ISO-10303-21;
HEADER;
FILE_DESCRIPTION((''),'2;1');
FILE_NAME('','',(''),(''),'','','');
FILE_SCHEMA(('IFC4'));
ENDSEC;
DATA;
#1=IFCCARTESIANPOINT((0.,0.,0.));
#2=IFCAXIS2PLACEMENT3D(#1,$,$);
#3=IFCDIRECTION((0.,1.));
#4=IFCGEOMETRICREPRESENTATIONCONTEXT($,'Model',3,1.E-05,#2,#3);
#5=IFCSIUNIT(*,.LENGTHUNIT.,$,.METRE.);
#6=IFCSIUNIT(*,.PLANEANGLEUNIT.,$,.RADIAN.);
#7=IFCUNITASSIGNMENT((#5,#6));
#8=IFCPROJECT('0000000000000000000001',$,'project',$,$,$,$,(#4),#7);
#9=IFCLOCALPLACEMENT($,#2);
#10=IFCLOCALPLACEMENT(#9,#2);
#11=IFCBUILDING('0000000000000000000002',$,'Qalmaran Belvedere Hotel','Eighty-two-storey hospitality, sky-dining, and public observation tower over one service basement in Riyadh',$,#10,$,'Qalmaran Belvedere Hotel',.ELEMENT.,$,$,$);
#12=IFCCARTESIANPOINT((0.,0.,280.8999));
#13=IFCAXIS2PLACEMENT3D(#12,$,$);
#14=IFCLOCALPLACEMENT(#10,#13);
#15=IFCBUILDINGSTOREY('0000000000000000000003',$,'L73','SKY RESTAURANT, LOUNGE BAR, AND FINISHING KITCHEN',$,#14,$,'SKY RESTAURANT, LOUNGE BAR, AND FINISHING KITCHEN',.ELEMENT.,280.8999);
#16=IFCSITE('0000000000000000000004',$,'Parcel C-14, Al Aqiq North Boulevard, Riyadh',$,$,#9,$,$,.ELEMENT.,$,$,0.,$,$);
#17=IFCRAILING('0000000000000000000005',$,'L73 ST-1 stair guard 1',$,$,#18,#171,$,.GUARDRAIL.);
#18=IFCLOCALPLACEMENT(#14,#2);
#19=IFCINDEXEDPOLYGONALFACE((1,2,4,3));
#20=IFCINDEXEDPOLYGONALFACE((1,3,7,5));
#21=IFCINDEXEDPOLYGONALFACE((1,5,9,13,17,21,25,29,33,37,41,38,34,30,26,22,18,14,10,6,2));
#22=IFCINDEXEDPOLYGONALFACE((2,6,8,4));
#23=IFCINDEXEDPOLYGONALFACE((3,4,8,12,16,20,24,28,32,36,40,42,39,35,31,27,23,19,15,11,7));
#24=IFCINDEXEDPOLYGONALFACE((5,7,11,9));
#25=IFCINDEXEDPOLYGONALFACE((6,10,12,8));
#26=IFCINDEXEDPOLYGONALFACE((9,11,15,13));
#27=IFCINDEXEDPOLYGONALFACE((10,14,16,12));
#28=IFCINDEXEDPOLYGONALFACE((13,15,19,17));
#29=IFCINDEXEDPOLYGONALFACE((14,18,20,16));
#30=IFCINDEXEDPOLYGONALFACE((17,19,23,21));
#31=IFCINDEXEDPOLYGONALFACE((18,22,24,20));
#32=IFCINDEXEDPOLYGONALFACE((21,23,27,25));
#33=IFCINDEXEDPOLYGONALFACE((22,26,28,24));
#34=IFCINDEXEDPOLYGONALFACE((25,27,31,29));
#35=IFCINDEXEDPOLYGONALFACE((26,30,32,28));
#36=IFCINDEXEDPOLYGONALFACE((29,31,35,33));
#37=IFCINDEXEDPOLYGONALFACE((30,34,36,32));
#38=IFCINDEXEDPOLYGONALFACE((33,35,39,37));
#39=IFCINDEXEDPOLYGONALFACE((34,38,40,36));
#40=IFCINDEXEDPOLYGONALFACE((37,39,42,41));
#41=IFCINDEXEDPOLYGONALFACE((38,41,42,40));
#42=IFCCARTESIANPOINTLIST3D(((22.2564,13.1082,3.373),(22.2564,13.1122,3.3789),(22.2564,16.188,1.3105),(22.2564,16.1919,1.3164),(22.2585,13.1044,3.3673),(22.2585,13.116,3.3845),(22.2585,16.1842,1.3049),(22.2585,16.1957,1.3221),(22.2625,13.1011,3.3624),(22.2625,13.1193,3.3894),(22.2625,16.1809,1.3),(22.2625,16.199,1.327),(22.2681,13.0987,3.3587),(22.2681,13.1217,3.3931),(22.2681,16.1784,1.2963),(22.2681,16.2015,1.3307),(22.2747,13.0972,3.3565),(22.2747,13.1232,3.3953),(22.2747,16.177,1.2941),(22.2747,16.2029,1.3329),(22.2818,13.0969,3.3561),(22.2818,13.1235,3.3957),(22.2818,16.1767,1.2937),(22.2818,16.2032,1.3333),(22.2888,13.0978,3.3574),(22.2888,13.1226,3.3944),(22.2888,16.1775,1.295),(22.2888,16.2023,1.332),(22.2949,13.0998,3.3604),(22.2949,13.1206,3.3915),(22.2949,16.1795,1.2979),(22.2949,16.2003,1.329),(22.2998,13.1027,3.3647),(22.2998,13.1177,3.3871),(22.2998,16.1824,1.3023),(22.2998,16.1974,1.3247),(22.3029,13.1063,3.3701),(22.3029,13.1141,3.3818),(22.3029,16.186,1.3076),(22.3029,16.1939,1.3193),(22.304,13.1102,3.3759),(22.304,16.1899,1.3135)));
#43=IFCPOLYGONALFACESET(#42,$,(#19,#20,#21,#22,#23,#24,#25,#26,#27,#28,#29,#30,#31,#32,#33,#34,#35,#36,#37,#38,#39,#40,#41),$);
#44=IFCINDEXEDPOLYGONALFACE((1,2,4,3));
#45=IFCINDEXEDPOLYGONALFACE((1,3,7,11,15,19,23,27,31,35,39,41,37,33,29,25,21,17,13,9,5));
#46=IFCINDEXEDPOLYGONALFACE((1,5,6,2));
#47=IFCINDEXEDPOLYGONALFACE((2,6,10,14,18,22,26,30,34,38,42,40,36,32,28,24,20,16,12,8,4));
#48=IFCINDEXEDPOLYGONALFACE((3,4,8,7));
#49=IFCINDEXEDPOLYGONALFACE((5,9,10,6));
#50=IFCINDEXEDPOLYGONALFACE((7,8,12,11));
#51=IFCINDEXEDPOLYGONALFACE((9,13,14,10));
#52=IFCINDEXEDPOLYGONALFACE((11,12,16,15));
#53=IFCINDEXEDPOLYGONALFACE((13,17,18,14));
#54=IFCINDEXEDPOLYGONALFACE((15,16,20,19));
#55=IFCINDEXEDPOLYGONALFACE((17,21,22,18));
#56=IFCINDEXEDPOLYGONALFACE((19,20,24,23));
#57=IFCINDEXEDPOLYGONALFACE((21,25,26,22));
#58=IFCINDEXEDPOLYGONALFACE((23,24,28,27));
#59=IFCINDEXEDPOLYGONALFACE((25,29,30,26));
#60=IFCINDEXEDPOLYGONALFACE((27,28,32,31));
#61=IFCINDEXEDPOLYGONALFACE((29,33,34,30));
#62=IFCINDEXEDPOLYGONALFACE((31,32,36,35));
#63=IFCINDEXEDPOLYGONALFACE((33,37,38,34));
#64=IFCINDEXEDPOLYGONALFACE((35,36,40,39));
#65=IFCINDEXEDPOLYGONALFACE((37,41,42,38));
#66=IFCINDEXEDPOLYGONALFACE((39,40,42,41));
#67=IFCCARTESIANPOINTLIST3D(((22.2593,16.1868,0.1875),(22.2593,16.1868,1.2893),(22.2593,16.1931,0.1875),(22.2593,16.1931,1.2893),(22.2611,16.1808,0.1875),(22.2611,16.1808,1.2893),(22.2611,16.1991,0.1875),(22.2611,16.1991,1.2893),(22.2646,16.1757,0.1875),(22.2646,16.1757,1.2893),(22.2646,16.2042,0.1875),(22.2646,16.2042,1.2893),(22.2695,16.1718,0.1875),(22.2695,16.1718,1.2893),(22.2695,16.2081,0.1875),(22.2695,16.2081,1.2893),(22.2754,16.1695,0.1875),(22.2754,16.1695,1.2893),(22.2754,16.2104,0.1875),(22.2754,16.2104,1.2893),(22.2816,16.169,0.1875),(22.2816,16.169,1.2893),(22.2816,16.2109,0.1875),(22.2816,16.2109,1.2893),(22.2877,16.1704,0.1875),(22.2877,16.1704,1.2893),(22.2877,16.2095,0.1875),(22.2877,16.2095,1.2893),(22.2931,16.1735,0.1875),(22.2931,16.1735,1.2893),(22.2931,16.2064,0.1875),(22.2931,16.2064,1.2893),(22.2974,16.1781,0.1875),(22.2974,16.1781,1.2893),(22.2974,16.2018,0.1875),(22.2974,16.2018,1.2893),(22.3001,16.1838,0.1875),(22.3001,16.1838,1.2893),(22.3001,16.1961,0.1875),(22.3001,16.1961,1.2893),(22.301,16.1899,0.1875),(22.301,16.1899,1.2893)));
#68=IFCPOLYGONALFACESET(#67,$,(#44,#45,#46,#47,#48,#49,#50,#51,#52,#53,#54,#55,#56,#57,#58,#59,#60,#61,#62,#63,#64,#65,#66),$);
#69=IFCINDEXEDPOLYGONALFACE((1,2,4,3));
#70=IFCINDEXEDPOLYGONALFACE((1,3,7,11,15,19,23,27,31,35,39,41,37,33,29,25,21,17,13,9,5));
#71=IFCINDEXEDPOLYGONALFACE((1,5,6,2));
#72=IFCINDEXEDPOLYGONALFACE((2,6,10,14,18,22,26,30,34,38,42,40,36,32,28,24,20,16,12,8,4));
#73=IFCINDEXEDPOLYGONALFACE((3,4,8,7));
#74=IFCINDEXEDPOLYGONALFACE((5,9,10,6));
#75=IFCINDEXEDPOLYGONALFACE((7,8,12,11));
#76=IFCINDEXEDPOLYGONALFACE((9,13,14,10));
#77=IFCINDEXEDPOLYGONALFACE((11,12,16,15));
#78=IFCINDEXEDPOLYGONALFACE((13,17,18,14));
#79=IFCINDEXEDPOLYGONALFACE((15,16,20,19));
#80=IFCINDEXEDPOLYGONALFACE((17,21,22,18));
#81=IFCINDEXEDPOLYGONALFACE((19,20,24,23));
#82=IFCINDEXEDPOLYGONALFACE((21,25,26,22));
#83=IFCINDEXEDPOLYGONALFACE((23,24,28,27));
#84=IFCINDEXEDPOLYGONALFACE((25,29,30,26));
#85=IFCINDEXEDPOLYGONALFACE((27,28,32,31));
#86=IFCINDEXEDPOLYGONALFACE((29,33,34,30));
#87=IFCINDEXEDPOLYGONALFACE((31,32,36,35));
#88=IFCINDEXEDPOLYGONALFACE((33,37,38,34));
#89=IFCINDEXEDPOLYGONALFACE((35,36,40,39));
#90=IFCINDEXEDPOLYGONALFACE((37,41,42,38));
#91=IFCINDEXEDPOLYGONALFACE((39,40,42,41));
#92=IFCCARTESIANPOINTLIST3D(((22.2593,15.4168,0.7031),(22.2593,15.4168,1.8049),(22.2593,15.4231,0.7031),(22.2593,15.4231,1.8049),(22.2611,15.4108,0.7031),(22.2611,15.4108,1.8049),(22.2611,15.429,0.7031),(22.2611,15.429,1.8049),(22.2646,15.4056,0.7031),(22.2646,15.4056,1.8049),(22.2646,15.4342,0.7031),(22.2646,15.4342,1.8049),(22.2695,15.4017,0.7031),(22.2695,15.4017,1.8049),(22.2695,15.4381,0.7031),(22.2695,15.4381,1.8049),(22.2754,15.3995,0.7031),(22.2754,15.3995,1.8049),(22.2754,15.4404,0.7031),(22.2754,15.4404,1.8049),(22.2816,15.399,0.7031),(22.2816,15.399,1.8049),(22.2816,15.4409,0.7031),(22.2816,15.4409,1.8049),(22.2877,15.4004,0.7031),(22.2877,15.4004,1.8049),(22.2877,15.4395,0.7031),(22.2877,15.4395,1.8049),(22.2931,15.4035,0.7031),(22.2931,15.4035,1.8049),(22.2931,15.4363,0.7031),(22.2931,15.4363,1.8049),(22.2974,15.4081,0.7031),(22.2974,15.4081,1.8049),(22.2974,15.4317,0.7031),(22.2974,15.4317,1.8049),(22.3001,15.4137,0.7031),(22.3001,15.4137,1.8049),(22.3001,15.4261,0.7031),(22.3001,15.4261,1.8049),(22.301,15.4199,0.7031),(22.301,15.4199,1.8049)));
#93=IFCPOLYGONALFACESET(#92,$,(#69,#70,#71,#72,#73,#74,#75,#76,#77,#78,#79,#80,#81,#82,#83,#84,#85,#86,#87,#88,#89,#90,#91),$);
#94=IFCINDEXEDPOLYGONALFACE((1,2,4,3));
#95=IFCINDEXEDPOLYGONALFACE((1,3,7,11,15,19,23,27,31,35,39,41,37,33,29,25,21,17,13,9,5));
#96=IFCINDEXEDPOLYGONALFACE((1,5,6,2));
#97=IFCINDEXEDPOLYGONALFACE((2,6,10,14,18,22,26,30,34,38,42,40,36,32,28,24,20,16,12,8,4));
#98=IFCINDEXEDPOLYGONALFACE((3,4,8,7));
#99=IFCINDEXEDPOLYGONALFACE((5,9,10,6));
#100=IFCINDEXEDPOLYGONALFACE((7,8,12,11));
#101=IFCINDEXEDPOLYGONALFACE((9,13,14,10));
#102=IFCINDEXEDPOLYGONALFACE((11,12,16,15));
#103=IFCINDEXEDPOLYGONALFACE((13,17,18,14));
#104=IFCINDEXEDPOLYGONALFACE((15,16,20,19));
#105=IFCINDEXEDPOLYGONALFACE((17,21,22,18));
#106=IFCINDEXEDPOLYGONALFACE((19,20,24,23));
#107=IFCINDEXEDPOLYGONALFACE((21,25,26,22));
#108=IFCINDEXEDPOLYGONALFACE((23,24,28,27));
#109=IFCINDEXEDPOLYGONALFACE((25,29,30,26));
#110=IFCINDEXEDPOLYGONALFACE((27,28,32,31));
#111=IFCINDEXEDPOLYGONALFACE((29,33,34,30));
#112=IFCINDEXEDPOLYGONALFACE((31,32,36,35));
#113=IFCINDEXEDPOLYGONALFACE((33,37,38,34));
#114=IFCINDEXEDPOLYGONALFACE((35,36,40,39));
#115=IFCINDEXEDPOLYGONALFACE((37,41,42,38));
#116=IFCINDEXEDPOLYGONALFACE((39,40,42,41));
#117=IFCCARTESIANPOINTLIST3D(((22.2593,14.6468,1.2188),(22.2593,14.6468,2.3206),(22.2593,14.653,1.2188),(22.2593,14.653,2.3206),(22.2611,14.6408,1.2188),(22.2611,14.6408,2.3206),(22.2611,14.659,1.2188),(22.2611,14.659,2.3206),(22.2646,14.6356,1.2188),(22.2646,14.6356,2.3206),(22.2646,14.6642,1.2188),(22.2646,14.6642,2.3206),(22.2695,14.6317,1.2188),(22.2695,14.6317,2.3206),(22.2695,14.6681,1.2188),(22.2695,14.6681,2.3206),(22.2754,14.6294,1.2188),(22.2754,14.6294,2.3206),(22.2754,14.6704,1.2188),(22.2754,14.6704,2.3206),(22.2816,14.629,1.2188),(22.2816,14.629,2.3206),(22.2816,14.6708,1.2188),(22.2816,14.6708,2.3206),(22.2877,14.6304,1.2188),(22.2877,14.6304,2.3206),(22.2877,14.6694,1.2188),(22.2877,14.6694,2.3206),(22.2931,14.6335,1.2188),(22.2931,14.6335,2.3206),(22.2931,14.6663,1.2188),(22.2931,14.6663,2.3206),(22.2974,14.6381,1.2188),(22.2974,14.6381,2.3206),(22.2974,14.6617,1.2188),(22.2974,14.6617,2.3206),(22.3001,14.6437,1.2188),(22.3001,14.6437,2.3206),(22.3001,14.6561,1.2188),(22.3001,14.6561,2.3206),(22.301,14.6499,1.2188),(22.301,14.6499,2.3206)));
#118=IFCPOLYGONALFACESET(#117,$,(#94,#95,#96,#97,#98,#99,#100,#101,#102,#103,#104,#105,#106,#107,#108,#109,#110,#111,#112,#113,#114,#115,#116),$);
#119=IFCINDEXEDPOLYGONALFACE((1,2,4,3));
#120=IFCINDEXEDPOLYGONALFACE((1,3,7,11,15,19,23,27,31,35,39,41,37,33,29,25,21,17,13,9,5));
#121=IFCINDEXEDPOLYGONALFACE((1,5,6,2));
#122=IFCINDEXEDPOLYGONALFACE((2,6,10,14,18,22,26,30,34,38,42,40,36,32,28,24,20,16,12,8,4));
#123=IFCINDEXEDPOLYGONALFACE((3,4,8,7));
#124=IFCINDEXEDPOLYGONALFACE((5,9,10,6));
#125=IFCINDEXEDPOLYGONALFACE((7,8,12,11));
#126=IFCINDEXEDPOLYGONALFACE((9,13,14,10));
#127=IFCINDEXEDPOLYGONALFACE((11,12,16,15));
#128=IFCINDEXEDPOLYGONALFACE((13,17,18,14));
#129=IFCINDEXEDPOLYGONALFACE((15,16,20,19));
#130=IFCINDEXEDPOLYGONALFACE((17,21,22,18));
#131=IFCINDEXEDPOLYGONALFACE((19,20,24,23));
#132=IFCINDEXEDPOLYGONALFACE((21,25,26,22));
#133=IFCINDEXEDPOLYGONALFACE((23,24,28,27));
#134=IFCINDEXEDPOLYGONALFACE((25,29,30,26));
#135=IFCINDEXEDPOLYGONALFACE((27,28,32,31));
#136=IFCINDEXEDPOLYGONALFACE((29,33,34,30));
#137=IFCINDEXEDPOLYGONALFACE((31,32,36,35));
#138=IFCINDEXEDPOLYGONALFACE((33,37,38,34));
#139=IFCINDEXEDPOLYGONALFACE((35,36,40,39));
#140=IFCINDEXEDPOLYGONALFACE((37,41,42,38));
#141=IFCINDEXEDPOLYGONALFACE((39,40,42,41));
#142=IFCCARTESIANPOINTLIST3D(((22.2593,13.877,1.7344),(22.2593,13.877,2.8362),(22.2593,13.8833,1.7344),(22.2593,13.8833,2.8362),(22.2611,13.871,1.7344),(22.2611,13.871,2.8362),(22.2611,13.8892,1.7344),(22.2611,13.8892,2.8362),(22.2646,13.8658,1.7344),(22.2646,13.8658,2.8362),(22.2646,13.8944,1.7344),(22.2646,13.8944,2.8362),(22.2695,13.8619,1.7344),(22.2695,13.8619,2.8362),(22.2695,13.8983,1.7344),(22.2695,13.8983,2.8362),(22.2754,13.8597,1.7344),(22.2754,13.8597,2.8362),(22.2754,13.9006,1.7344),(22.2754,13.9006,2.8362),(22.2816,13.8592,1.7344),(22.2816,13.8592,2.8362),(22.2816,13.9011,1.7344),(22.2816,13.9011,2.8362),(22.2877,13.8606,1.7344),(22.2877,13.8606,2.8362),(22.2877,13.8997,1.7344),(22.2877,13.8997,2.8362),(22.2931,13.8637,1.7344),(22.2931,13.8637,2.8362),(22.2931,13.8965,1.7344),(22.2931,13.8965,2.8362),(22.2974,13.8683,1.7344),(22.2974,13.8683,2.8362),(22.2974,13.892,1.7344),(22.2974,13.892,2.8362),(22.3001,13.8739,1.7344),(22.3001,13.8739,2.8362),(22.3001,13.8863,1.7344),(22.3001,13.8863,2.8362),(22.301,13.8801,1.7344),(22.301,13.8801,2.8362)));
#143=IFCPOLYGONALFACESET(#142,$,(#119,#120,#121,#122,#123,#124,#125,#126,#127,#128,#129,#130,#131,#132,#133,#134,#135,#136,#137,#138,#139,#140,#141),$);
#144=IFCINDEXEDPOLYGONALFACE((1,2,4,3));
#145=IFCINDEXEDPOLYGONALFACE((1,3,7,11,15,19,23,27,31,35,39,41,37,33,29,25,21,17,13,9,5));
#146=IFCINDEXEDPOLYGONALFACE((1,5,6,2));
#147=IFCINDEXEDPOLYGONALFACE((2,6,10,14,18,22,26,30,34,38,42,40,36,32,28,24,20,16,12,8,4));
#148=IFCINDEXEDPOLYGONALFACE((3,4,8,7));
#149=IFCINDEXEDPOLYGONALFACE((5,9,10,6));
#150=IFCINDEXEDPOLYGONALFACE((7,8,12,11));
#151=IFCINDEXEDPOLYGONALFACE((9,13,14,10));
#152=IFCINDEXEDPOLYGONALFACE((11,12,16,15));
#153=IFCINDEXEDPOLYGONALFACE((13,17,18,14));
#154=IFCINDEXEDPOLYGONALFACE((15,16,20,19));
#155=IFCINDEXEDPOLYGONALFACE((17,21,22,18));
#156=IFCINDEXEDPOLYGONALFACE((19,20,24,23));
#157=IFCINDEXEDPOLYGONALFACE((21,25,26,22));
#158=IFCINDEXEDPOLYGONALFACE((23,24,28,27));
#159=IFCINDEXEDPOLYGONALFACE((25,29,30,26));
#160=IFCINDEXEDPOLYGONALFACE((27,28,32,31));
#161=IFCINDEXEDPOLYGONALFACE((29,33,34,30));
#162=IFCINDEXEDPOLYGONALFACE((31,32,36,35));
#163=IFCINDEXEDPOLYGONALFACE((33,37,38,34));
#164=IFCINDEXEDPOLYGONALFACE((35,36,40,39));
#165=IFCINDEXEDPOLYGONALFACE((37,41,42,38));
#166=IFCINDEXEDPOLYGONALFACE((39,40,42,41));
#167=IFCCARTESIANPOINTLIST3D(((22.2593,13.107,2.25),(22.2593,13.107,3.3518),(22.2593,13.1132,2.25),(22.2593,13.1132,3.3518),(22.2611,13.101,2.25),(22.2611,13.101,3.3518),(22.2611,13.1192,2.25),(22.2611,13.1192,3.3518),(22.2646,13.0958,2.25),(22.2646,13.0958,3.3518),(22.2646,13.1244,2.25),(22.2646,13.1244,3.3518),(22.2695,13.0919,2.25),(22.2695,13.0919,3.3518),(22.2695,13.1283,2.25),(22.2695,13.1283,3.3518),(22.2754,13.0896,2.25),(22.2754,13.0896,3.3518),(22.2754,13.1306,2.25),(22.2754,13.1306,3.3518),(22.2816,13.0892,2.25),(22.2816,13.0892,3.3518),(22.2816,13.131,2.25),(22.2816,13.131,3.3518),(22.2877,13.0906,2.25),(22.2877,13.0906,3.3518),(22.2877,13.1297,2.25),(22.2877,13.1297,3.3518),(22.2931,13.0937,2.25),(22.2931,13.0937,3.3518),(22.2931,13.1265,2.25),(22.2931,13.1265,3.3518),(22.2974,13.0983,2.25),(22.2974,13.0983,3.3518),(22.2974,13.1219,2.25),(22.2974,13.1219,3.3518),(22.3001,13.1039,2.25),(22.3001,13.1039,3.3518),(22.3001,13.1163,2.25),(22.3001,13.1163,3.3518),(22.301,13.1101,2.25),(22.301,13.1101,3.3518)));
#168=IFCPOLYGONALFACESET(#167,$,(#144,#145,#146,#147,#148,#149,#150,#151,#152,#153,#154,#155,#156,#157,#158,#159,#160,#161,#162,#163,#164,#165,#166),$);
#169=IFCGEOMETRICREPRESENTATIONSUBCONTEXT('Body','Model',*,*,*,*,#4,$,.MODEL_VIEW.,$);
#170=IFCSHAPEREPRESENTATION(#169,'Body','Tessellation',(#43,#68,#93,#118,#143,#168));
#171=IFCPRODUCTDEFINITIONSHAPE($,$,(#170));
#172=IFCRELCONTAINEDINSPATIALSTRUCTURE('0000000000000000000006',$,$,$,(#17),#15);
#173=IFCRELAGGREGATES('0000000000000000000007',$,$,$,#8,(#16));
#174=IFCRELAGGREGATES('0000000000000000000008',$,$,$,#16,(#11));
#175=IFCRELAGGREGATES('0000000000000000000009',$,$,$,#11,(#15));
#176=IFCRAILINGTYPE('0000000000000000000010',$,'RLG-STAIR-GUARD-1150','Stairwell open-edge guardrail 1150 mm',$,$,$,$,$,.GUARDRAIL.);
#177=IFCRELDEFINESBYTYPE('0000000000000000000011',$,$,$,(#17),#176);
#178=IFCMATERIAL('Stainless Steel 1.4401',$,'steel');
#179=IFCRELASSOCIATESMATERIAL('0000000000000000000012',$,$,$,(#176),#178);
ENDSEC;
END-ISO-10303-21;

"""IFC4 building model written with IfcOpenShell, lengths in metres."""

from ifc_helpers import new_model, si_unit, direction, frame, origin, origin_2d, place, context, subcontext, project, spatial, circle, extrude, material, type_object, element, save


model = new_model("IFC4")

# Units and contexts
model_context = context("Model", 3, precision=1e-05, world=origin(), true_north=direction((0.0, 1.0)))
body_context = subcontext(model_context, "Body", "Model", "MODEL_VIEW")
ifc_project = project(units=[si_unit("LENGTHUNIT", "METRE"), si_unit("PLANEANGLEUNIT", "RADIAN")], contexts=[model_context])

# Site, building, storey
site_placement = place(None, origin())
site = spatial("IfcSite", under=ifc_project, at=site_placement, Name="Parcel C-14, Al Aqiq North Boulevard, Riyadh", CompositionType="ELEMENT", RefElevation=0.0)
building_placement = place(site_placement, origin())
building = spatial("IfcBuilding", under=site, at=building_placement, Name="Qalmaran Belvedere Hotel", Description="Eighty-two-storey hospitality, sky-dining, and public observation tower over one service basement in Riyadh", LongName="Qalmaran Belvedere Hotel", CompositionType="ELEMENT")
storey_placement = place(building_placement, frame((0.0, 0.0, 280.8999)))
storey = spatial("IfcBuildingStorey", under=building, at=storey_placement, Name="L73", Description="SKY RESTAURANT, LOUNGE BAR, AND FINISHING KITCHEN", LongName="SKY RESTAURANT, LOUNGE BAR, AND FINISHING KITCHEN", CompositionType="ELEMENT", Elevation=280.8999)

# Railing
ifc_material_1 = material(Name="Stainless Steel 1.4401", Category="steel")
railing_type_1 = type_object("IfcRailingType", Name="RLG-STAIR-GUARD-1150", Description="Stairwell open-edge guardrail 1150 mm", PredefinedType="GUARDRAIL", material=ifc_material_1)
railing_1_placement = place(storey_placement, frame((22.28, 16.1899, 0.1875)))
element("IfcRailing", 1, at=railing_1_placement, inside=storey, type_object=railing_type_1, Name="L73 ST-1 stair guard 1", PredefinedType="GUARDRAIL", context=body_context, shape_type="SweptSolid", body=[
    extrude(circle(Radius=0.0239, at=origin_2d()), frame((0.0, 0.0, 1.126), z_axis=(0.0, -0.830893, 0.556432), x_axis=(1.0, 0.0, 0.0)), (0.0, 0.0, 1.0), 3.7065),
    extrude(circle(Radius=0.021, at=origin_2d()), origin(), (0.0, 0.0, 1.0), 1.1018),
    extrude(circle(Radius=0.021, at=origin_2d()), frame((0.0, -0.77, 0.5156)), (0.0, 0.0, 1.0), 1.1018),
    extrude(circle(Radius=0.021, at=origin_2d()), frame((0.0, -1.54, 1.0312)), (0.0, 0.0, 1.0), 1.1018),
    extrude(circle(Radius=0.021, at=origin_2d()), frame((0.0, -2.3098, 1.5469)), (0.0, 0.0, 1.0), 1.1018),
    extrude(circle(Radius=0.021, at=origin_2d()), frame((0.0, -3.0798, 2.0625)), (0.0, 0.0, 1.0), 1.1018),
])

save(model, "model.ifc")
